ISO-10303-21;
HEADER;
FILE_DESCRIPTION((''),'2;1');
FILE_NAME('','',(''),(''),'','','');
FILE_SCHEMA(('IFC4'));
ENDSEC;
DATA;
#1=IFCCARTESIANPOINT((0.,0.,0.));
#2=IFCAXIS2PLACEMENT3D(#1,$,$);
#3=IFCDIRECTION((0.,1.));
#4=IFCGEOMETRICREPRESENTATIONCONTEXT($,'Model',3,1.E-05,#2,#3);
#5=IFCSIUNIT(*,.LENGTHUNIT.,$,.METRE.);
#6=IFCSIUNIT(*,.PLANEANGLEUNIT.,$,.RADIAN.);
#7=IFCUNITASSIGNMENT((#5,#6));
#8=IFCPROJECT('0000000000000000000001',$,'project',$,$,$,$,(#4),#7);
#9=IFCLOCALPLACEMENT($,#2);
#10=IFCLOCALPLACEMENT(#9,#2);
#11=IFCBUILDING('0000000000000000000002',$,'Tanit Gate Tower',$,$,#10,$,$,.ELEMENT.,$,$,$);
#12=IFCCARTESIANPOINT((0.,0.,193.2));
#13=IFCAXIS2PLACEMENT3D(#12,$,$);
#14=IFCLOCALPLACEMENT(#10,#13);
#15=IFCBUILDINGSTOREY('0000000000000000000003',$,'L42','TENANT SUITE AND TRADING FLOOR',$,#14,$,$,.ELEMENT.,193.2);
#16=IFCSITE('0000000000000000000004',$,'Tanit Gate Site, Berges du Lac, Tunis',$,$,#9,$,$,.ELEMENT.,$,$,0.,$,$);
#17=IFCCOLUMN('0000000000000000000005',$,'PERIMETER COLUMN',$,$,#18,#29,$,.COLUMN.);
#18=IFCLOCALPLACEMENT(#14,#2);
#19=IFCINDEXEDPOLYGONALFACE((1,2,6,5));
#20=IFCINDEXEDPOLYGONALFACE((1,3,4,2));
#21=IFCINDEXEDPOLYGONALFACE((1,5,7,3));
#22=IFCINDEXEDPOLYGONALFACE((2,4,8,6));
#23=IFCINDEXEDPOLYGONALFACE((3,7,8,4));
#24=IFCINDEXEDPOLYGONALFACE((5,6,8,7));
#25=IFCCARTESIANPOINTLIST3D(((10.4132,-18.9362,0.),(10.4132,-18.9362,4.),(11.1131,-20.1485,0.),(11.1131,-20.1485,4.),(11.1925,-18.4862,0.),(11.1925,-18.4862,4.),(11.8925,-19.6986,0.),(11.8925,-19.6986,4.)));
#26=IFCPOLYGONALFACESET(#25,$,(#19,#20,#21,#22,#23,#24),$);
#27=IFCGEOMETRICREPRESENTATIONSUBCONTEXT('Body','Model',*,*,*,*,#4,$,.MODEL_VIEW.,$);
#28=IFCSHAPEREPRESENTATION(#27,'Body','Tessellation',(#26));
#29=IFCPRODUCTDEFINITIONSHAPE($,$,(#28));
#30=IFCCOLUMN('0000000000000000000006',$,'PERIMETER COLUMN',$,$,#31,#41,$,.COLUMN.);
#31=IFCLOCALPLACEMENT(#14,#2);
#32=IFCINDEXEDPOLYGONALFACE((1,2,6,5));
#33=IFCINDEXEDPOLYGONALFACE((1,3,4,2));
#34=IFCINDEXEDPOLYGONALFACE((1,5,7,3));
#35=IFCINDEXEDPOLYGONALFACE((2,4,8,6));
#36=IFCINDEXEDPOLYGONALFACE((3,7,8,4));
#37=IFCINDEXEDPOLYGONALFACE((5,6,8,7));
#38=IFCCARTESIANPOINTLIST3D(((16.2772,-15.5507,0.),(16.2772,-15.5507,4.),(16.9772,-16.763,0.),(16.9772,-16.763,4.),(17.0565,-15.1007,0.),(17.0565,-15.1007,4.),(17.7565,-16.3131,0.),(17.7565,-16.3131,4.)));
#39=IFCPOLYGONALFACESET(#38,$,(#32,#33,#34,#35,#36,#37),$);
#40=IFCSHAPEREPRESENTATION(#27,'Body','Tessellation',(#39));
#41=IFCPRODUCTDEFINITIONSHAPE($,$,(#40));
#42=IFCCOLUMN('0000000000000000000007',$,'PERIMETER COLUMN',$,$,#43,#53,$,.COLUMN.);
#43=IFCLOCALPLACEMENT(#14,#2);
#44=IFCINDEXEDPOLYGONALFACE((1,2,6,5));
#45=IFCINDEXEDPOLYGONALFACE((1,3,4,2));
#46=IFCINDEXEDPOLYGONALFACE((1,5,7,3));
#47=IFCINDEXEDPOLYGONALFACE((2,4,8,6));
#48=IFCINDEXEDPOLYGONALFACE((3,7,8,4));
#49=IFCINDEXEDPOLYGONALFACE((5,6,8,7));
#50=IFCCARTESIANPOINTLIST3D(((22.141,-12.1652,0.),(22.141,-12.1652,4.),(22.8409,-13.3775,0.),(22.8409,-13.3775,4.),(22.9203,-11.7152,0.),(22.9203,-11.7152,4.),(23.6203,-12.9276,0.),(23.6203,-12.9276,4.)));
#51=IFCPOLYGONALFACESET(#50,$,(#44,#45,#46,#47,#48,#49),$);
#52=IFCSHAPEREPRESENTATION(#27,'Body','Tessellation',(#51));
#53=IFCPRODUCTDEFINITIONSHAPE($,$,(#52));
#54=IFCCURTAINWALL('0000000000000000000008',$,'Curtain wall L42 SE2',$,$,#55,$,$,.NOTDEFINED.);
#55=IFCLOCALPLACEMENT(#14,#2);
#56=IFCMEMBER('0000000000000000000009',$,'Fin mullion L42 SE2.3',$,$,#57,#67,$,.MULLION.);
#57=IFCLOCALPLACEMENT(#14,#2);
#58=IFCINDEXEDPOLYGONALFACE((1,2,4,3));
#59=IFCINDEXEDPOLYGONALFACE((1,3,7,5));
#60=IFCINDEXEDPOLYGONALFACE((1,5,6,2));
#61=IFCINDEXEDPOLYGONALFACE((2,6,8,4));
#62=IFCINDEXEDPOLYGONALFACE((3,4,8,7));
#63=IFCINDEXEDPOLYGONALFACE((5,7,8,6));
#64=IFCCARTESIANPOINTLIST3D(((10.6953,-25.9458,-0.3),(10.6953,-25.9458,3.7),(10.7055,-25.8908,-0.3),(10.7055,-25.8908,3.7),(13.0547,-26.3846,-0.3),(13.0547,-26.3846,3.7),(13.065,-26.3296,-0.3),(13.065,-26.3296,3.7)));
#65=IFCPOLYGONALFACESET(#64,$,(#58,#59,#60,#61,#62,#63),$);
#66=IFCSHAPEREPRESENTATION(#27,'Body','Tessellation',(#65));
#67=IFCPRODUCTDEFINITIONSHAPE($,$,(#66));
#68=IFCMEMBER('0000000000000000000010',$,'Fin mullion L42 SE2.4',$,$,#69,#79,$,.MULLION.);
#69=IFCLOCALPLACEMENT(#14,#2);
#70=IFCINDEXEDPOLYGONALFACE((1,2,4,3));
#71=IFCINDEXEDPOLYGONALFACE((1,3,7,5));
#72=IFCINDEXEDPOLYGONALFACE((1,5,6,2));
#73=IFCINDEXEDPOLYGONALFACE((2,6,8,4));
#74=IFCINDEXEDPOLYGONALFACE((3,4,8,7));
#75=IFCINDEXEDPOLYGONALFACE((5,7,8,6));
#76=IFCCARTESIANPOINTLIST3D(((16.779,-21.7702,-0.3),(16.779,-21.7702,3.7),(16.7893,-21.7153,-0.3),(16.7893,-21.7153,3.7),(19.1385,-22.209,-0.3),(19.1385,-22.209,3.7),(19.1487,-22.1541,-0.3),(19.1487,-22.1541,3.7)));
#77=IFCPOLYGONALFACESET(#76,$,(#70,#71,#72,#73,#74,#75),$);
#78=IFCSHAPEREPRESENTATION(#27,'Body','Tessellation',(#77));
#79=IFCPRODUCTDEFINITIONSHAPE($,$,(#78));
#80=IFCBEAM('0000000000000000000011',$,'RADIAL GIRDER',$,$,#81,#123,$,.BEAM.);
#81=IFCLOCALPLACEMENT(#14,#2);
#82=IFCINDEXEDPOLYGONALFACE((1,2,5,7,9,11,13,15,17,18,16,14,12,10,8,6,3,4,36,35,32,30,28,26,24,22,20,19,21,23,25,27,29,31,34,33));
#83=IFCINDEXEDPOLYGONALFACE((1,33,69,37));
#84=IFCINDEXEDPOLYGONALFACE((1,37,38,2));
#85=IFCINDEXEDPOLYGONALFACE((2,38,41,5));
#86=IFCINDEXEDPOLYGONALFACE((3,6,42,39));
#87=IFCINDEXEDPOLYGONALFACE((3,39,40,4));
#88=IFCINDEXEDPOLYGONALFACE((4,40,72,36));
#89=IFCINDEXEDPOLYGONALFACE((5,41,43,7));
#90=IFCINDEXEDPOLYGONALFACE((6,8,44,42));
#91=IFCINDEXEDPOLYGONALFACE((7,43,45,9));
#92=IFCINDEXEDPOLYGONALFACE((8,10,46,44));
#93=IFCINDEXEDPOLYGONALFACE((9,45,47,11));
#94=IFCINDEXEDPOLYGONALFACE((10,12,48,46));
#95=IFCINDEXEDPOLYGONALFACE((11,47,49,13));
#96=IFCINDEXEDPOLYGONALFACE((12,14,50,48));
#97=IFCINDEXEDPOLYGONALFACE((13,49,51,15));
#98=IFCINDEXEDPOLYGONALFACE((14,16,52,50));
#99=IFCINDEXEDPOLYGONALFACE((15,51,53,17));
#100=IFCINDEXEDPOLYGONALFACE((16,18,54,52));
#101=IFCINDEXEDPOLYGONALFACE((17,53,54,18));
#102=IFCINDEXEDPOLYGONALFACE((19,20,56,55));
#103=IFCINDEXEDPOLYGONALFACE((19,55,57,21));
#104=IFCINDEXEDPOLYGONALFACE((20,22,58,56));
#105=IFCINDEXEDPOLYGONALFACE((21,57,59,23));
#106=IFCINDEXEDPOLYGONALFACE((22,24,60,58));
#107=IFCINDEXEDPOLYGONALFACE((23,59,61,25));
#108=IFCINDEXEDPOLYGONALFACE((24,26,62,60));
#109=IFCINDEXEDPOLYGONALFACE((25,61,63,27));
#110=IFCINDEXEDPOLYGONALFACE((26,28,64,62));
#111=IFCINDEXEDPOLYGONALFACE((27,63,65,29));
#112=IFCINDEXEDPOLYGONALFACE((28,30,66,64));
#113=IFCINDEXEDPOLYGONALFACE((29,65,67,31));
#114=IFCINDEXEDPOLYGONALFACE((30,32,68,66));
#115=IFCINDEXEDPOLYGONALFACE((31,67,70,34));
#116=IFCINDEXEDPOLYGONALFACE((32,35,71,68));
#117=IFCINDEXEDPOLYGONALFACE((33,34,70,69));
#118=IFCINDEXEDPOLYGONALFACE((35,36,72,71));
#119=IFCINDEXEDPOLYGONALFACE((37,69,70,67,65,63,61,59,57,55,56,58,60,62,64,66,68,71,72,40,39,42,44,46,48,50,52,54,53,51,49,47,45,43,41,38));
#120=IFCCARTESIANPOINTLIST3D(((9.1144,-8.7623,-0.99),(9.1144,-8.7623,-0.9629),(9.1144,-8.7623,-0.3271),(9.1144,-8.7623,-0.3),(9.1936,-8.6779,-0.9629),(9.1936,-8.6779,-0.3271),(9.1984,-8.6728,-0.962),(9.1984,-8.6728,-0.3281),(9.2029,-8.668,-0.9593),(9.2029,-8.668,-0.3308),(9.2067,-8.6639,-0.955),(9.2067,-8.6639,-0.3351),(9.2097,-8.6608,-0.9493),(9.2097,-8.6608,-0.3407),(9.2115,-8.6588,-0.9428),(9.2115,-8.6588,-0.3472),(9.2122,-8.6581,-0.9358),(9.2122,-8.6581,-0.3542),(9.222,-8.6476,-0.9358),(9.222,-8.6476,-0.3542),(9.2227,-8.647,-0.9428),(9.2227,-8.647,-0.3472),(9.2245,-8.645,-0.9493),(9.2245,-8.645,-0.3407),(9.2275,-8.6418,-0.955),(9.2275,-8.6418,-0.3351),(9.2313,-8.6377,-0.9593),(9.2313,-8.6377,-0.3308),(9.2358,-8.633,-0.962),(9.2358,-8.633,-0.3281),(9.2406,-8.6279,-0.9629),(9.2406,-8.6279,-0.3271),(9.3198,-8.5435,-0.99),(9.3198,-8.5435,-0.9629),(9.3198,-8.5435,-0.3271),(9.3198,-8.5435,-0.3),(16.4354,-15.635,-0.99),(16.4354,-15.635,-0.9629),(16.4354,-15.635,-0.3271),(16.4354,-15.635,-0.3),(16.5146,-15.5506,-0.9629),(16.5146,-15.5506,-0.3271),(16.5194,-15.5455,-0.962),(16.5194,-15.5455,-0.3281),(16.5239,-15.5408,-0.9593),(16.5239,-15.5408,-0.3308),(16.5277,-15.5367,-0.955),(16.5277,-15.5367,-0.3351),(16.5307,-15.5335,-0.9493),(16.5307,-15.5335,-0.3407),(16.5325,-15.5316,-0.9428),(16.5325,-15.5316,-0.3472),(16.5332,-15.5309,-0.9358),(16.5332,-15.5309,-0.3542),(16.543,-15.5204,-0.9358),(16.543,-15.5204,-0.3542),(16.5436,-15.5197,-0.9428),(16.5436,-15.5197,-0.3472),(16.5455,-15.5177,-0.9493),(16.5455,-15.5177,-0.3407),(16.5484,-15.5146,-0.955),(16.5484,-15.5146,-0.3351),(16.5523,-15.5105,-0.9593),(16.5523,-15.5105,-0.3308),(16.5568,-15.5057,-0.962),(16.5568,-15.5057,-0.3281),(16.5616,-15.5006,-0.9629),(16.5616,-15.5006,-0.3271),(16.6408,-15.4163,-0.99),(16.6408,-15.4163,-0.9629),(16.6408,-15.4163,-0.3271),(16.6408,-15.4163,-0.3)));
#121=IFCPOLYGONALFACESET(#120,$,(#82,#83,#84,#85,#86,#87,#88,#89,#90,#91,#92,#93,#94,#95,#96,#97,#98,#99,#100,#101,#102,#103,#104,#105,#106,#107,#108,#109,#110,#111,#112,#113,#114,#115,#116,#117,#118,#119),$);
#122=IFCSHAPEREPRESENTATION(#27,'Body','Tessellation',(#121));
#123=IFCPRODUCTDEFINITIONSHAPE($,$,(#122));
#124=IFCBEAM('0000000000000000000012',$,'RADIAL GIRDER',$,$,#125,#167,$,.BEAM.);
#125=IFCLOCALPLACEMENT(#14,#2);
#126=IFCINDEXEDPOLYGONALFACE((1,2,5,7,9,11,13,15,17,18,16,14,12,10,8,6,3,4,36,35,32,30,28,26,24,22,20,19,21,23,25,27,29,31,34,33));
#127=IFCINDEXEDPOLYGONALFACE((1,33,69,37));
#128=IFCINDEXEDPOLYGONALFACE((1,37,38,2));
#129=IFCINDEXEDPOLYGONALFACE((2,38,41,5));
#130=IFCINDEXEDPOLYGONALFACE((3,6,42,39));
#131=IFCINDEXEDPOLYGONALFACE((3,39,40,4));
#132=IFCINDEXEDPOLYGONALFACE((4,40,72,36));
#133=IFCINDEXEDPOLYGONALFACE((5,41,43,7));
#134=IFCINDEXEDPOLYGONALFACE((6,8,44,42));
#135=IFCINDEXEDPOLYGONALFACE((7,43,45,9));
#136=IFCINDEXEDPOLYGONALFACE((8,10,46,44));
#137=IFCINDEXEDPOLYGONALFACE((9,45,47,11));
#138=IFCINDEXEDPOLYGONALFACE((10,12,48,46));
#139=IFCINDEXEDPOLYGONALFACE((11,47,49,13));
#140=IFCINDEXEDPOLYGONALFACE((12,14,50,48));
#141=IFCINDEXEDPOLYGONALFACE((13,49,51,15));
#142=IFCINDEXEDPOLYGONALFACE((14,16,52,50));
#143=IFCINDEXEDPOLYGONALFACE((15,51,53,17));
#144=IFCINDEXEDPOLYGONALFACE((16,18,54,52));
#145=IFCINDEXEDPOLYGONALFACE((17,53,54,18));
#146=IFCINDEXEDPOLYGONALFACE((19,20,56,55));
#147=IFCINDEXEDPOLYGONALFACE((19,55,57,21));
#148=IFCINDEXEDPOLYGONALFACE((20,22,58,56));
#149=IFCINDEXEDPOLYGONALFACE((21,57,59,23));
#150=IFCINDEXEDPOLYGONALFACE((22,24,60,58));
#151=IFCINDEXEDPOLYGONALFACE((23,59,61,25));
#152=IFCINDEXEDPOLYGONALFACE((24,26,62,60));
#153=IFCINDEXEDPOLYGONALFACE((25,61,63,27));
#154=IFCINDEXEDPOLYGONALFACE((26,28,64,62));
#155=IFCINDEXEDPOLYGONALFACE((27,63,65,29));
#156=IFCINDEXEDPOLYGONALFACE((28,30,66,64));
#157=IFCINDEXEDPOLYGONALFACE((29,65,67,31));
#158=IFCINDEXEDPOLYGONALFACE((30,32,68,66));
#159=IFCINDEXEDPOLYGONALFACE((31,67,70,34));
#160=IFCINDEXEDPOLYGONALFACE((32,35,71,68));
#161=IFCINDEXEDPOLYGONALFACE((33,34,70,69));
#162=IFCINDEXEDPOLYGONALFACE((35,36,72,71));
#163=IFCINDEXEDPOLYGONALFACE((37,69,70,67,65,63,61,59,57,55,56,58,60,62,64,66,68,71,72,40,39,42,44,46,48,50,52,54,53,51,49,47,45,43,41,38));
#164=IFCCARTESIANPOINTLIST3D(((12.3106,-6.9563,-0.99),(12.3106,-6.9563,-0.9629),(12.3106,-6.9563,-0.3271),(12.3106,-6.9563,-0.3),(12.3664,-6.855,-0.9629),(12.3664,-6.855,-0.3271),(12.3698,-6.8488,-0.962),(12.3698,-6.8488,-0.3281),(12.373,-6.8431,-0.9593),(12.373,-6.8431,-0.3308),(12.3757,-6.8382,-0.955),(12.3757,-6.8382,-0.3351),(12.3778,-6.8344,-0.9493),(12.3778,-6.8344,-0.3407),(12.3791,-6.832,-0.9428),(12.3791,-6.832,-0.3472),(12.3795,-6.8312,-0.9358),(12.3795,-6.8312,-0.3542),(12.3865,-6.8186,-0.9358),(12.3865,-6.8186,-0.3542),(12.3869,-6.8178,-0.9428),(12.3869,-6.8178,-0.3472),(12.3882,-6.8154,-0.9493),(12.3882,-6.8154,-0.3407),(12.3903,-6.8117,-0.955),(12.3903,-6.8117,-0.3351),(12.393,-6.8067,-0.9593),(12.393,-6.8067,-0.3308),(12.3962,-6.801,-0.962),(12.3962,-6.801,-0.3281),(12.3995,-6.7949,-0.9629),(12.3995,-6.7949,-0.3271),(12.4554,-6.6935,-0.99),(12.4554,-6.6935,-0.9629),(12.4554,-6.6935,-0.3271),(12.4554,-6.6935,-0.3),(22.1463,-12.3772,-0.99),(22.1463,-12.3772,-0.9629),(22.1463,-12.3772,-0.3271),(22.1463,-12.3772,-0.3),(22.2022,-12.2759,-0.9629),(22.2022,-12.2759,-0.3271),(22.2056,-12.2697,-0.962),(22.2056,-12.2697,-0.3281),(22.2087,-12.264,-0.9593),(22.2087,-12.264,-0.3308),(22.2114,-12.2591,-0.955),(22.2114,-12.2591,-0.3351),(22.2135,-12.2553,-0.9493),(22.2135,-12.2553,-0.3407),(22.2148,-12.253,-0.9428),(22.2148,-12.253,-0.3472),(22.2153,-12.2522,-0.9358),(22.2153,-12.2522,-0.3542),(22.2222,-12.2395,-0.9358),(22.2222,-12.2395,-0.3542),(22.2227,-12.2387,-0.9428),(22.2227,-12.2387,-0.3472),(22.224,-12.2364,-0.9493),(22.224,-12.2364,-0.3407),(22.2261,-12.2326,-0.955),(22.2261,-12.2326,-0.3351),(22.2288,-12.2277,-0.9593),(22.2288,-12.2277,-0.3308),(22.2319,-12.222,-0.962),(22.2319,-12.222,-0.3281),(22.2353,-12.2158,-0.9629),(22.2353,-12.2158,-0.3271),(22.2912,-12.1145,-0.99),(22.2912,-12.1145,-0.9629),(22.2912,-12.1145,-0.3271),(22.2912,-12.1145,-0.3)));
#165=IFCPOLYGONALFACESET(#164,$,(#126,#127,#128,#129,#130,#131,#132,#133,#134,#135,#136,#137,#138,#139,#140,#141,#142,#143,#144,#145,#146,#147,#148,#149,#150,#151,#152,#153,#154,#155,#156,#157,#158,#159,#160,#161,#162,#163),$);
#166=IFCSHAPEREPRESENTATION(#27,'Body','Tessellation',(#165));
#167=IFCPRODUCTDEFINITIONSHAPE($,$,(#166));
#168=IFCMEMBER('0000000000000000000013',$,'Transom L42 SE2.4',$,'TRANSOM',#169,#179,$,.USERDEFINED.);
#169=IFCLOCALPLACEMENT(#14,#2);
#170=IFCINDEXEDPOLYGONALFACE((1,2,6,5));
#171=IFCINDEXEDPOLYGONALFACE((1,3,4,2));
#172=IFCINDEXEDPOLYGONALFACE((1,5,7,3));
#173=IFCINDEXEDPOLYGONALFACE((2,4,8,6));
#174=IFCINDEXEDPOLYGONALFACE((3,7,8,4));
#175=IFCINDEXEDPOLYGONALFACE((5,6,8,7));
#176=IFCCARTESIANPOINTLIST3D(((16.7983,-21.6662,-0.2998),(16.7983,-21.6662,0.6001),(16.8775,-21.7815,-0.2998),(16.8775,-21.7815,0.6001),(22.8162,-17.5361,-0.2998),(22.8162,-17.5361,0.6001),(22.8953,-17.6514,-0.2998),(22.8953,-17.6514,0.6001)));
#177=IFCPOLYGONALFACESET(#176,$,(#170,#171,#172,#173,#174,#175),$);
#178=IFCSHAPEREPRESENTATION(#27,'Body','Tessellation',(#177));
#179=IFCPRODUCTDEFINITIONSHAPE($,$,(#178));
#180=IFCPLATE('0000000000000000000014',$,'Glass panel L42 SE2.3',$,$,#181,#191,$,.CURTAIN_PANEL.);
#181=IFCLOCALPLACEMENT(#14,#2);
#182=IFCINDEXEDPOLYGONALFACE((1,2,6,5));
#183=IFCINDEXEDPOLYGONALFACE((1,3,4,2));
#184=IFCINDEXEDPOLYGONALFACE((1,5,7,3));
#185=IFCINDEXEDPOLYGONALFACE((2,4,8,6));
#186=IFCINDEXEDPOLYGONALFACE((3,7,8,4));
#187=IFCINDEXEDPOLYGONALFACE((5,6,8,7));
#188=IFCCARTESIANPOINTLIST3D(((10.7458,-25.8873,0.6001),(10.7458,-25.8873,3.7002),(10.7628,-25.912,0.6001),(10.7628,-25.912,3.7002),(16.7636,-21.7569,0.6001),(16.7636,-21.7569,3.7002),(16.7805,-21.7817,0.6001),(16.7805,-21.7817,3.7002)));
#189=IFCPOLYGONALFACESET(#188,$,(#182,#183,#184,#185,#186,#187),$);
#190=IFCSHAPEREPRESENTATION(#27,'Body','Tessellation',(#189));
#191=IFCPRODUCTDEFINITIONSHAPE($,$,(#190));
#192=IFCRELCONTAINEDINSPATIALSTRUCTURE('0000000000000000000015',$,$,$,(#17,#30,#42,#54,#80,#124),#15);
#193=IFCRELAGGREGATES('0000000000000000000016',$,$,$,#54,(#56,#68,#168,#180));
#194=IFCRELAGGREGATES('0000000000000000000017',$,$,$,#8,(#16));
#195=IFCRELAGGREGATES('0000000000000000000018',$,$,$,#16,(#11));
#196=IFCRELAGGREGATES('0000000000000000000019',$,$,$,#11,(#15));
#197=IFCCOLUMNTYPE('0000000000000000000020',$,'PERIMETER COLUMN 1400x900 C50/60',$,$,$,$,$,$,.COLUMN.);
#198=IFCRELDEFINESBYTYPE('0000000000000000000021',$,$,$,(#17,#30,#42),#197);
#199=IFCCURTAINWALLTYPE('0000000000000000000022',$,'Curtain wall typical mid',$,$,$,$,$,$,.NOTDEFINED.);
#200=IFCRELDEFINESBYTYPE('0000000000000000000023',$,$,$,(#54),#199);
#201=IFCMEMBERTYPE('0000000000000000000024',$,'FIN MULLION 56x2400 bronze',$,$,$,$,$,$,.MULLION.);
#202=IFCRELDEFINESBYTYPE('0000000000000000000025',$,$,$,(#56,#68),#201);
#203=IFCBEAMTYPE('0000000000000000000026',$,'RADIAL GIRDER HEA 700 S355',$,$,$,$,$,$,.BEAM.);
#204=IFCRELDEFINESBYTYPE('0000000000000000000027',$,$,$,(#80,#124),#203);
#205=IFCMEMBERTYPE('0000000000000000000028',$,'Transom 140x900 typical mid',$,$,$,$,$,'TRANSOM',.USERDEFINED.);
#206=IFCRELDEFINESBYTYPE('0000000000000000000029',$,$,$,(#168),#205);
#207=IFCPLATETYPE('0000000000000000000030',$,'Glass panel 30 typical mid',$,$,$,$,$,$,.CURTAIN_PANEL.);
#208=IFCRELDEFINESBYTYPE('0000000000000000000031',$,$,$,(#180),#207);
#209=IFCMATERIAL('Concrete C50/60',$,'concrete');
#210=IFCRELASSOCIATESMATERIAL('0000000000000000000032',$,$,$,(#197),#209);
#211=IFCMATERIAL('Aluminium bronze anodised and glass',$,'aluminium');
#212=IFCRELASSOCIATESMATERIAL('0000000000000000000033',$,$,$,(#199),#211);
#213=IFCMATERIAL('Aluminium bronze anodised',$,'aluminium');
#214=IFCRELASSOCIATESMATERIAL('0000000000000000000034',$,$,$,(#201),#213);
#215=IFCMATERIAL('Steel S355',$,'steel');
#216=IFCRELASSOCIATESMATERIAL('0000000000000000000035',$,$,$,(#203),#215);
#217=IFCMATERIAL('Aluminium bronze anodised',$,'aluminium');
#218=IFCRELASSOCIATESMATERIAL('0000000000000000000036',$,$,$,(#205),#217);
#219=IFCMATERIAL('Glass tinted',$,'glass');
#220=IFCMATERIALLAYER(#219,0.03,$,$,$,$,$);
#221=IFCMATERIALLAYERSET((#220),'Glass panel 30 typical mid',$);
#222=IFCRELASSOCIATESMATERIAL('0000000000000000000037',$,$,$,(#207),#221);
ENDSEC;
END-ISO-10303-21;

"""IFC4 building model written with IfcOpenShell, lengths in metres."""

from ifc_helpers import new_model, si_unit, direction, frame, origin, origin_2d, place, context, subcontext, project, spatial, rectangle, i_section, extrude, material, layer, layer_set, material_profile, profile_set, type_object, element, aggregate, save


model = new_model("IFC4")

# Units and contexts
model_context = context("Model", 3, precision=1e-05, world=origin(), true_north=direction((0.0, 1.0)))
body_context = subcontext(model_context, "Body", "Model", "MODEL_VIEW")
ifc_project = project(units=[si_unit("LENGTHUNIT", "METRE"), si_unit("PLANEANGLEUNIT", "RADIAN")], contexts=[model_context])

# Site, building, storey
site_placement = place(None, origin())
site = spatial("IfcSite", under=ifc_project, at=site_placement, Name="Tanit Gate Site, Berges du Lac, Tunis", CompositionType="ELEMENT", RefElevation=0.0)
building_placement = place(site_placement, origin())
building = spatial("IfcBuilding", under=site, at=building_placement, Name="Tanit Gate Tower", CompositionType="ELEMENT")
storey_placement = place(building_placement, frame((0.0, 0.0, 193.2)))
storey = spatial("IfcBuildingStorey", under=building, at=storey_placement, Name="L42", Description="TENANT SUITE AND TRADING FLOOR", CompositionType="ELEMENT", Elevation=193.2)

# Columns
ifc_material_1 = material(Name="Concrete C50/60", Category="concrete")
ifc_material_profile_1 = material_profile(ifc_material_1, rectangle(XDim=1.3999, YDim=0.8999, at=origin_2d()), Name="RC 1400x900")
ifc_profile_set_1 = profile_set([ifc_material_profile_1], Name="Concrete C50/60")
column_type = type_object("IfcColumnType", Name="PERIMETER COLUMN 1400x900 C50/60", PredefinedType="COLUMN", material=ifc_profile_set_1)
for number, where, z_axis, x_axis, name in (
    (1, (11.1528, -19.3174, 0.0), (0.0, 0.0, 1.0), (0.5, -0.866025, 0.0), "PERIMETER COLUMN"),
    (2, (17.0168, -15.9319, 0.0), (0.0, 0.0, 1.0), (0.5, -0.866025, 0.0), "PERIMETER COLUMN"),
    (3, (22.8806, -12.5464, 0.0), (0.0, 0.0, 1.0), (0.5, -0.866025, 0.0), "PERIMETER COLUMN"),
):
    element("IfcColumn", number, at=place(storey_placement, frame(where, z_axis=z_axis, x_axis=x_axis)), inside=storey, type_object=column_type, Name=name, PredefinedType="COLUMN", context=body_context, shape_type="SweptSolid", body=[
        extrude(rectangle(XDim=1.3999, YDim=0.8999, at=origin_2d()), origin(), (0.0, 0.0, 1.0), 4.0),
    ])

# Curtain wall, members
ifc_material_2 = material(Name="Aluminium bronze anodised and glass", Category="aluminium")
curtain_wall_type = type_object("IfcCurtainWallType", Name="Curtain wall typical mid", PredefinedType="NOTDEFINED", material=ifc_material_2)
curtain_wall_placement = place(storey_placement, origin())
curtain_wall = element("IfcCurtainWall", 4, at=curtain_wall_placement, inside=storey, type_object=curtain_wall_type, Name="Curtain wall L42 SE2", PredefinedType="NOTDEFINED")
ifc_material_3 = material(Name="Aluminium bronze anodised", Category="aluminium")
ifc_material_profile_2 = material_profile(ifc_material_3, rectangle(XDim=2.3999, YDim=0.0559, at=origin_2d()), Name="56x2400 bronze fin mullion")
ifc_profile_set_2 = profile_set([ifc_material_profile_2], Name="Aluminium bronze anodised")
member_type_1 = type_object("IfcMemberType", Name="FIN MULLION 56x2400 bronze", PredefinedType="MULLION", material=ifc_profile_set_2)
member_1_placement = place(storey_placement, frame((11.8801, -26.1377, -0.3), z_axis=(0.0, 0.0, 1.0), x_axis=(-0.983141, 0.182847, 0.0)))
member_1 = element("IfcMember", 5, at=member_1_placement, type_object=member_type_1, Name="Fin mullion L42 SE2.3", PredefinedType="MULLION", context=body_context, shape_type="SweptSolid", body=[
    extrude(rectangle(XDim=2.3999, YDim=0.0559, at=origin_2d()), origin(), (0.0, 0.0, 1.0), 4.0),
])
member_2_placement = place(storey_placement, frame((17.9639, -21.9622, -0.3), z_axis=(0.0, 0.0, 1.0), x_axis=(-0.983141, 0.182847, 0.0)))
member_2 = element("IfcMember", 6, at=member_2_placement, type_object=member_type_1, Name="Fin mullion L42 SE2.4", PredefinedType="MULLION", context=body_context, shape_type="SweptSolid", body=[
    extrude(rectangle(XDim=2.3999, YDim=0.0559, at=origin_2d()), origin(), (0.0, 0.0, 1.0), 4.0),
])

# Beams
ifc_material_4 = material(Name="Steel S355", Category="steel")
ifc_material_profile_3 = material_profile(ifc_material_4, i_section(OverallWidth=0.3, OverallDepth=0.6899, WebThickness=0.0144, FlangeThickness=0.0271, FilletRadius=0.0271, at=origin_2d()), Name="HEA 700")
ifc_profile_set_3 = profile_set([ifc_material_profile_3], Name="Steel S355")
beam_type = type_object("IfcBeamType", Name="RADIAL GIRDER HEA 700 S355", PredefinedType="BEAM", material=ifc_profile_set_3)
beam_1_placement = place(storey_placement, frame((16.5381, -15.5256, -0.645), z_axis=(-0.729074, 0.684435, 0.0), x_axis=(-0.684435, -0.729074, 0.0)))
element("IfcBeam", 7, at=beam_1_placement, inside=storey, type_object=beam_type, Name="RADIAL GIRDER", PredefinedType="BEAM", context=body_context, shape_type="SweptSolid", body=[
    extrude(i_section(OverallWidth=0.3, OverallDepth=0.6899, WebThickness=0.0144, FlangeThickness=0.0271, FilletRadius=0.0271, at=origin_2d()), origin(), (0.0, 0.0, 1.0), 10.0415),
])
beam_2_placement = place(storey_placement, frame((22.2188, -12.2458, -0.645), z_axis=(-0.875792, 0.482689, 0.0), x_axis=(-0.482689, -0.875792, 0.0)))
element("IfcBeam", 8, at=beam_2_placement, inside=storey, type_object=beam_type, Name="RADIAL GIRDER", PredefinedType="BEAM", context=body_context, shape_type="SweptSolid", body=[
    extrude(i_section(OverallWidth=0.3, OverallDepth=0.6899, WebThickness=0.0144, FlangeThickness=0.0271, FilletRadius=0.0271, at=origin_2d()), origin(), (0.0, 0.0, 1.0), 11.2307),
])

# Member
ifc_material_5 = material(Name="Aluminium bronze anodised", Category="aluminium")
ifc_material_profile_4 = material_profile(ifc_material_5, rectangle(XDim=0.1399, YDim=0.8999, at=origin_2d()), Name="140x900 bronze transom")
ifc_profile_set_4 = profile_set([ifc_material_profile_4], Name="Aluminium bronze anodised")
member_type_2 = type_object("IfcMemberType", Name="Transom 140x900 typical mid", ElementType="TRANSOM", PredefinedType="USERDEFINED", material=ifc_profile_set_4)
member_3_placement = place(storey_placement, frame((16.8379, -21.7239, 0.1501), z_axis=(0.824497, 0.565866, 0.0), x_axis=(-0.565866, 0.824497, 0.0)))
member_3 = element("IfcMember", 9, at=member_3_placement, type_object=member_type_2, Name="Transom L42 SE2.4", ObjectType="TRANSOM", PredefinedType="USERDEFINED", context=body_context, shape_type="SweptSolid", body=[
    extrude(rectangle(XDim=0.1399, YDim=0.8999, at=origin_2d()), origin(), (0.0, 0.0, 1.0), 7.2988),
])

# Plate
ifc_material_6 = material(Name="Glass tinted", Category="glass")
ifc_layer_1 = layer(ifc_material_6, 0.03)
ifc_layer_set_1 = layer_set([ifc_layer_1], Name="Glass panel 30 typical mid")
plate_type = type_object("IfcPlateType", Name="Glass panel 30 typical mid", PredefinedType="CURTAIN_PANEL", material=ifc_layer_set_1)
plate_1_placement = place(storey_placement, frame((13.7632, -23.8345, 0.6001), z_axis=(0.0, 0.0, 1.0), x_axis=(0.824479, 0.565893, 0.0)))
plate_1 = element("IfcPlate", 10, at=plate_1_placement, type_object=plate_type, Name="Glass panel L42 SE2.3", PredefinedType="CURTAIN_PANEL", context=body_context, shape_type="SweptSolid", body=[
    extrude(rectangle(XDim=7.2988, YDim=0.03, at=origin_2d()), origin(), (0.0, 0.0, 1.0), 3.1001),
])
aggregate(curtain_wall, [member_1, member_2, member_3, plate_1])

save(model, "model.ifc")
